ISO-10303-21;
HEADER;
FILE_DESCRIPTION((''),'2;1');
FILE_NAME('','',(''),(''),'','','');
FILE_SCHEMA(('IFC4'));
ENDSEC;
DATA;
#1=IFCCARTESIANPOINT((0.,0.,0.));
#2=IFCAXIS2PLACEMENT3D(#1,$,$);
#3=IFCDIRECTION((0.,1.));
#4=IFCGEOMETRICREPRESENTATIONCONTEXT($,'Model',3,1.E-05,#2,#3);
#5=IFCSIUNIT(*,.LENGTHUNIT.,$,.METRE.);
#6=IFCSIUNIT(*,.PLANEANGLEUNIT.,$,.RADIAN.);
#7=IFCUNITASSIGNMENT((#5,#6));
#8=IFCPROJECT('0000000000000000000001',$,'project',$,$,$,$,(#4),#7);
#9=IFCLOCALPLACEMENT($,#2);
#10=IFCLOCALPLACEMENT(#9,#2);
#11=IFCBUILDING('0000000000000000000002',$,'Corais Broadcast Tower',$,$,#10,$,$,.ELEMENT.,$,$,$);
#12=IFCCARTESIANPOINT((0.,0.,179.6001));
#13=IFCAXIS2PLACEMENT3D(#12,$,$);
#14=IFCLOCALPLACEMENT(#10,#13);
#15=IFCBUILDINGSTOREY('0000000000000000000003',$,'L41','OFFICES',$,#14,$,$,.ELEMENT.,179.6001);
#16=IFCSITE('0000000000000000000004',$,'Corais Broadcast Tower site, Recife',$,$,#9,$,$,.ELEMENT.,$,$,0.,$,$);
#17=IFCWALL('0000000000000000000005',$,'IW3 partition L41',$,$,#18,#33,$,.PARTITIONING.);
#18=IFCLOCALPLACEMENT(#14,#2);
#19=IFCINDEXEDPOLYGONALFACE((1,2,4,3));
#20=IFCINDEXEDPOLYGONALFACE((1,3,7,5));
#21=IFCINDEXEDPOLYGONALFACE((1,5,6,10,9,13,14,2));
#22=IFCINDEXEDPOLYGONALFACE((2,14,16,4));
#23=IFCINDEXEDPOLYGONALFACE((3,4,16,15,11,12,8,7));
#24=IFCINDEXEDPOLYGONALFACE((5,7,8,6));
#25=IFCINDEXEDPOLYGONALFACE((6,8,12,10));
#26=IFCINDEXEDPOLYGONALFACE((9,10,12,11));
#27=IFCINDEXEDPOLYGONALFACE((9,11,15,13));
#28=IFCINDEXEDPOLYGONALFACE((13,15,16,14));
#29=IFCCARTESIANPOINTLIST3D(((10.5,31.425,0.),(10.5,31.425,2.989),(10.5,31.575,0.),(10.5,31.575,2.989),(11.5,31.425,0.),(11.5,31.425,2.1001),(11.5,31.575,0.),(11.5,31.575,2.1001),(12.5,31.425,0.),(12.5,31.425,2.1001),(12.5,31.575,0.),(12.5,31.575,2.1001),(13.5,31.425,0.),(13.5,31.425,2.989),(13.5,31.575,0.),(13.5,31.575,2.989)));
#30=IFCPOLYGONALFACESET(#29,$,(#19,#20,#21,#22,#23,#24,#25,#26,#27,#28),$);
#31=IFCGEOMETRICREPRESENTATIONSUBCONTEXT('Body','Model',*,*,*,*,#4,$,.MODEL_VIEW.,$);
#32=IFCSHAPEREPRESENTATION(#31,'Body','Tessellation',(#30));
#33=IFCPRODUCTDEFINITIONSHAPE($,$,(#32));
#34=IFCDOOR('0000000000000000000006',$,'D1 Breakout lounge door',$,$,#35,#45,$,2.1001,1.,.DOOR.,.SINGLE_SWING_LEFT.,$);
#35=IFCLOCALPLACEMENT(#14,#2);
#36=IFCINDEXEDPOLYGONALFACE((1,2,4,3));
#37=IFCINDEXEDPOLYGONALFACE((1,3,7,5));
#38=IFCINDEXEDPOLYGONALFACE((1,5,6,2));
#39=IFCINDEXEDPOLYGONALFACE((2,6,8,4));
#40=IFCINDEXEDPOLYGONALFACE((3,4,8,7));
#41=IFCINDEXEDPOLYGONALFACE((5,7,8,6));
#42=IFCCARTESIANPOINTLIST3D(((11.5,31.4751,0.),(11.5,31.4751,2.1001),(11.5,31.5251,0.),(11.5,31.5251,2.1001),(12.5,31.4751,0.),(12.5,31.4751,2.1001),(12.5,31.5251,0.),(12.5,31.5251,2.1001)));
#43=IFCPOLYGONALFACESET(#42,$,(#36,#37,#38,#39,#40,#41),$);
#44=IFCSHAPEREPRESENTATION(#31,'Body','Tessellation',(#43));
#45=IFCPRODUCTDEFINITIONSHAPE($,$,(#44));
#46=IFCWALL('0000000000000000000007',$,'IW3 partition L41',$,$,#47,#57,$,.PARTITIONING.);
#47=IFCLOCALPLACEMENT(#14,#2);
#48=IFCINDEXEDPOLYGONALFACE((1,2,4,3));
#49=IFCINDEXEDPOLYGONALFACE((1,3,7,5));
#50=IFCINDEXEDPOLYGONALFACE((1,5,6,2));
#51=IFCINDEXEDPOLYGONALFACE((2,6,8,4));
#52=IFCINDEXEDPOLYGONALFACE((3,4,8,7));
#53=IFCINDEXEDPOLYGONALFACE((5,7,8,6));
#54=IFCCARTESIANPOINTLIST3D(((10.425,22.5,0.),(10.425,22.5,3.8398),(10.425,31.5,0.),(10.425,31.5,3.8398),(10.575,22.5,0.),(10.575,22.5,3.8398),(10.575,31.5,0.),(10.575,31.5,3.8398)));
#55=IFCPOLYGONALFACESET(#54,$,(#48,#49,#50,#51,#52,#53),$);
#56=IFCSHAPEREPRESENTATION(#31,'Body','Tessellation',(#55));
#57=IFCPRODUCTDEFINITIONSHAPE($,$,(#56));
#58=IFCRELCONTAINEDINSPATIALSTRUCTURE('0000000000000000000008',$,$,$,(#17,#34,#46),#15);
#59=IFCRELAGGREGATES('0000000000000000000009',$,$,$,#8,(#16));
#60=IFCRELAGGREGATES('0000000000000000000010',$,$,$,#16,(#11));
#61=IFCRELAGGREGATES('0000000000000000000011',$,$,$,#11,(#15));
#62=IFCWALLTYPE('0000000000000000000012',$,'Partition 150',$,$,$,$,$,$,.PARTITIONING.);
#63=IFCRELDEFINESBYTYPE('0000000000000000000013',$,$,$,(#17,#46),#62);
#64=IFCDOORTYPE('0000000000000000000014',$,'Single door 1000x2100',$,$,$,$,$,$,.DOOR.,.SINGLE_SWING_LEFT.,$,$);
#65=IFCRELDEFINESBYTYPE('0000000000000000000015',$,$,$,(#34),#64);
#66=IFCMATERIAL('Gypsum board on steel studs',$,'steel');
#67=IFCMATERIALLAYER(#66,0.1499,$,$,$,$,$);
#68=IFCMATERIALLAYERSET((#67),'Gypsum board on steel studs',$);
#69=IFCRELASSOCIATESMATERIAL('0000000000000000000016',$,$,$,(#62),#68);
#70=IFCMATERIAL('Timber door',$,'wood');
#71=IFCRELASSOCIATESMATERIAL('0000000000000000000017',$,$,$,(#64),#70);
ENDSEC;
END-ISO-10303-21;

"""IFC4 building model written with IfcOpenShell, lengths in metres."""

from ifc_helpers import new_model, si_unit, direction, frame, frame_2d, origin, place, context, subcontext, project, spatial, rectangle, extrude, material, layer, layer_set, type_object, element, fill, save


model = new_model("IFC4")

# Units and contexts
model_context = context("Model", 3, precision=1e-05, world=origin(), true_north=direction((0.0, 1.0)))
body_context = subcontext(model_context, "Body", "Model", "MODEL_VIEW")
ifc_project = project(units=[si_unit("LENGTHUNIT", "METRE"), si_unit("PLANEANGLEUNIT", "RADIAN")], contexts=[model_context])

# Site, building, storey
site_placement = place(None, origin())
site = spatial("IfcSite", under=ifc_project, at=site_placement, Name="Corais Broadcast Tower site, Recife", CompositionType="ELEMENT", RefElevation=0.0)
building_placement = place(site_placement, origin())
building = spatial("IfcBuilding", under=site, at=building_placement, Name="Corais Broadcast Tower", CompositionType="ELEMENT")
storey_placement = place(building_placement, frame((0.0, 0.0, 179.6001)))
storey = spatial("IfcBuildingStorey", under=building, at=storey_placement, Name="L41", Description="OFFICES", CompositionType="ELEMENT", Elevation=179.6001)

# Shared definitions
ifc_material_1 = material(Name="Gypsum board on steel studs", Category="steel")
ifc_layer_1 = layer(ifc_material_1, 0.1499)
ifc_layer_set_1 = layer_set([ifc_layer_1], Name="Gypsum board on steel studs")
wall_type_1 = type_object("IfcWallType", Name="Partition 150", PredefinedType="PARTITIONING", material=ifc_layer_set_1)
ifc_material_2 = material(Name="Timber door", Category="wood")
door_type_1 = type_object("IfcDoorType", Name="Single door 1000x2100", OperationType="SINGLE_SWING_LEFT", PredefinedType="DOOR", material=ifc_material_2)

# Wall, opening, door
wall_1_placement = place(storey_placement, frame((13.5, 31.5, 0.0), z_axis=(0.0, 0.0, 1.0), x_axis=(-1.0, 0.0, 0.0)))
wall_1 = element("IfcWall", 1, at=wall_1_placement, inside=storey, type_object=wall_type_1, Name="IW3 partition L41", PredefinedType="PARTITIONING", context=body_context, shape_type="SweptSolid", body=[
    extrude(rectangle(XDim=3.0, YDim=0.1499, at=frame_2d((1.5, 0.0))), origin(), (0.0, 0.0, 1.0), 2.989),
])
opening_1_placement = place(wall_1_placement, frame((1.0, 0.0, 0.0)))
opening_1 = element("IfcOpeningElement", 2, at=opening_1_placement, cuts=wall_1, PredefinedType="OPENING", context=body_context, shape_type="SweptSolid", body=[
    extrude(rectangle(XDim=1.0, YDim=2.1001, at=frame_2d((0.5, 1.05))), frame((0.0, 0.085, 0.0), z_axis=(0.0, -1.0, 0.0), x_axis=(1.0, 0.0, 0.0)), (0.0, 0.0, 1.0), 0.1699),
])
door_1_placement = place(opening_1_placement, origin())
door_1 = element("IfcDoor", 3, at=door_1_placement, inside=storey, type_object=door_type_1, Name="D1 Breakout lounge door", OperationType="SINGLE_SWING_LEFT", OverallHeight=2.1001, OverallWidth=1.0, PredefinedType="DOOR", context=body_context, shape_type="SweptSolid", body=[
    extrude(rectangle(XDim=1.0, YDim=2.1001, at=frame_2d((0.5, 1.05))), frame((0.0, 0.0249, 0.0), z_axis=(0.0, -1.0, 0.0), x_axis=(1.0, 0.0, 0.0)), (0.0, 0.0, 1.0), 0.05),
])
fill(opening_1, door_1)

# Wall
wall_2_placement = place(storey_placement, frame((10.5, 31.5, 0.0), z_axis=(0.0, 0.0, 1.0), x_axis=(0.0, -1.0, 0.0)))
element("IfcWall", 4, at=wall_2_placement, inside=storey, type_object=wall_type_1, Name="IW3 partition L41", PredefinedType="PARTITIONING", context=body_context, shape_type="SweptSolid", body=[
    extrude(rectangle(XDim=9.0, YDim=0.1499, at=frame_2d((4.5, 0.0))), origin(), (0.0, 0.0, 1.0), 3.8398),
])

save(model, "model.ifc")
